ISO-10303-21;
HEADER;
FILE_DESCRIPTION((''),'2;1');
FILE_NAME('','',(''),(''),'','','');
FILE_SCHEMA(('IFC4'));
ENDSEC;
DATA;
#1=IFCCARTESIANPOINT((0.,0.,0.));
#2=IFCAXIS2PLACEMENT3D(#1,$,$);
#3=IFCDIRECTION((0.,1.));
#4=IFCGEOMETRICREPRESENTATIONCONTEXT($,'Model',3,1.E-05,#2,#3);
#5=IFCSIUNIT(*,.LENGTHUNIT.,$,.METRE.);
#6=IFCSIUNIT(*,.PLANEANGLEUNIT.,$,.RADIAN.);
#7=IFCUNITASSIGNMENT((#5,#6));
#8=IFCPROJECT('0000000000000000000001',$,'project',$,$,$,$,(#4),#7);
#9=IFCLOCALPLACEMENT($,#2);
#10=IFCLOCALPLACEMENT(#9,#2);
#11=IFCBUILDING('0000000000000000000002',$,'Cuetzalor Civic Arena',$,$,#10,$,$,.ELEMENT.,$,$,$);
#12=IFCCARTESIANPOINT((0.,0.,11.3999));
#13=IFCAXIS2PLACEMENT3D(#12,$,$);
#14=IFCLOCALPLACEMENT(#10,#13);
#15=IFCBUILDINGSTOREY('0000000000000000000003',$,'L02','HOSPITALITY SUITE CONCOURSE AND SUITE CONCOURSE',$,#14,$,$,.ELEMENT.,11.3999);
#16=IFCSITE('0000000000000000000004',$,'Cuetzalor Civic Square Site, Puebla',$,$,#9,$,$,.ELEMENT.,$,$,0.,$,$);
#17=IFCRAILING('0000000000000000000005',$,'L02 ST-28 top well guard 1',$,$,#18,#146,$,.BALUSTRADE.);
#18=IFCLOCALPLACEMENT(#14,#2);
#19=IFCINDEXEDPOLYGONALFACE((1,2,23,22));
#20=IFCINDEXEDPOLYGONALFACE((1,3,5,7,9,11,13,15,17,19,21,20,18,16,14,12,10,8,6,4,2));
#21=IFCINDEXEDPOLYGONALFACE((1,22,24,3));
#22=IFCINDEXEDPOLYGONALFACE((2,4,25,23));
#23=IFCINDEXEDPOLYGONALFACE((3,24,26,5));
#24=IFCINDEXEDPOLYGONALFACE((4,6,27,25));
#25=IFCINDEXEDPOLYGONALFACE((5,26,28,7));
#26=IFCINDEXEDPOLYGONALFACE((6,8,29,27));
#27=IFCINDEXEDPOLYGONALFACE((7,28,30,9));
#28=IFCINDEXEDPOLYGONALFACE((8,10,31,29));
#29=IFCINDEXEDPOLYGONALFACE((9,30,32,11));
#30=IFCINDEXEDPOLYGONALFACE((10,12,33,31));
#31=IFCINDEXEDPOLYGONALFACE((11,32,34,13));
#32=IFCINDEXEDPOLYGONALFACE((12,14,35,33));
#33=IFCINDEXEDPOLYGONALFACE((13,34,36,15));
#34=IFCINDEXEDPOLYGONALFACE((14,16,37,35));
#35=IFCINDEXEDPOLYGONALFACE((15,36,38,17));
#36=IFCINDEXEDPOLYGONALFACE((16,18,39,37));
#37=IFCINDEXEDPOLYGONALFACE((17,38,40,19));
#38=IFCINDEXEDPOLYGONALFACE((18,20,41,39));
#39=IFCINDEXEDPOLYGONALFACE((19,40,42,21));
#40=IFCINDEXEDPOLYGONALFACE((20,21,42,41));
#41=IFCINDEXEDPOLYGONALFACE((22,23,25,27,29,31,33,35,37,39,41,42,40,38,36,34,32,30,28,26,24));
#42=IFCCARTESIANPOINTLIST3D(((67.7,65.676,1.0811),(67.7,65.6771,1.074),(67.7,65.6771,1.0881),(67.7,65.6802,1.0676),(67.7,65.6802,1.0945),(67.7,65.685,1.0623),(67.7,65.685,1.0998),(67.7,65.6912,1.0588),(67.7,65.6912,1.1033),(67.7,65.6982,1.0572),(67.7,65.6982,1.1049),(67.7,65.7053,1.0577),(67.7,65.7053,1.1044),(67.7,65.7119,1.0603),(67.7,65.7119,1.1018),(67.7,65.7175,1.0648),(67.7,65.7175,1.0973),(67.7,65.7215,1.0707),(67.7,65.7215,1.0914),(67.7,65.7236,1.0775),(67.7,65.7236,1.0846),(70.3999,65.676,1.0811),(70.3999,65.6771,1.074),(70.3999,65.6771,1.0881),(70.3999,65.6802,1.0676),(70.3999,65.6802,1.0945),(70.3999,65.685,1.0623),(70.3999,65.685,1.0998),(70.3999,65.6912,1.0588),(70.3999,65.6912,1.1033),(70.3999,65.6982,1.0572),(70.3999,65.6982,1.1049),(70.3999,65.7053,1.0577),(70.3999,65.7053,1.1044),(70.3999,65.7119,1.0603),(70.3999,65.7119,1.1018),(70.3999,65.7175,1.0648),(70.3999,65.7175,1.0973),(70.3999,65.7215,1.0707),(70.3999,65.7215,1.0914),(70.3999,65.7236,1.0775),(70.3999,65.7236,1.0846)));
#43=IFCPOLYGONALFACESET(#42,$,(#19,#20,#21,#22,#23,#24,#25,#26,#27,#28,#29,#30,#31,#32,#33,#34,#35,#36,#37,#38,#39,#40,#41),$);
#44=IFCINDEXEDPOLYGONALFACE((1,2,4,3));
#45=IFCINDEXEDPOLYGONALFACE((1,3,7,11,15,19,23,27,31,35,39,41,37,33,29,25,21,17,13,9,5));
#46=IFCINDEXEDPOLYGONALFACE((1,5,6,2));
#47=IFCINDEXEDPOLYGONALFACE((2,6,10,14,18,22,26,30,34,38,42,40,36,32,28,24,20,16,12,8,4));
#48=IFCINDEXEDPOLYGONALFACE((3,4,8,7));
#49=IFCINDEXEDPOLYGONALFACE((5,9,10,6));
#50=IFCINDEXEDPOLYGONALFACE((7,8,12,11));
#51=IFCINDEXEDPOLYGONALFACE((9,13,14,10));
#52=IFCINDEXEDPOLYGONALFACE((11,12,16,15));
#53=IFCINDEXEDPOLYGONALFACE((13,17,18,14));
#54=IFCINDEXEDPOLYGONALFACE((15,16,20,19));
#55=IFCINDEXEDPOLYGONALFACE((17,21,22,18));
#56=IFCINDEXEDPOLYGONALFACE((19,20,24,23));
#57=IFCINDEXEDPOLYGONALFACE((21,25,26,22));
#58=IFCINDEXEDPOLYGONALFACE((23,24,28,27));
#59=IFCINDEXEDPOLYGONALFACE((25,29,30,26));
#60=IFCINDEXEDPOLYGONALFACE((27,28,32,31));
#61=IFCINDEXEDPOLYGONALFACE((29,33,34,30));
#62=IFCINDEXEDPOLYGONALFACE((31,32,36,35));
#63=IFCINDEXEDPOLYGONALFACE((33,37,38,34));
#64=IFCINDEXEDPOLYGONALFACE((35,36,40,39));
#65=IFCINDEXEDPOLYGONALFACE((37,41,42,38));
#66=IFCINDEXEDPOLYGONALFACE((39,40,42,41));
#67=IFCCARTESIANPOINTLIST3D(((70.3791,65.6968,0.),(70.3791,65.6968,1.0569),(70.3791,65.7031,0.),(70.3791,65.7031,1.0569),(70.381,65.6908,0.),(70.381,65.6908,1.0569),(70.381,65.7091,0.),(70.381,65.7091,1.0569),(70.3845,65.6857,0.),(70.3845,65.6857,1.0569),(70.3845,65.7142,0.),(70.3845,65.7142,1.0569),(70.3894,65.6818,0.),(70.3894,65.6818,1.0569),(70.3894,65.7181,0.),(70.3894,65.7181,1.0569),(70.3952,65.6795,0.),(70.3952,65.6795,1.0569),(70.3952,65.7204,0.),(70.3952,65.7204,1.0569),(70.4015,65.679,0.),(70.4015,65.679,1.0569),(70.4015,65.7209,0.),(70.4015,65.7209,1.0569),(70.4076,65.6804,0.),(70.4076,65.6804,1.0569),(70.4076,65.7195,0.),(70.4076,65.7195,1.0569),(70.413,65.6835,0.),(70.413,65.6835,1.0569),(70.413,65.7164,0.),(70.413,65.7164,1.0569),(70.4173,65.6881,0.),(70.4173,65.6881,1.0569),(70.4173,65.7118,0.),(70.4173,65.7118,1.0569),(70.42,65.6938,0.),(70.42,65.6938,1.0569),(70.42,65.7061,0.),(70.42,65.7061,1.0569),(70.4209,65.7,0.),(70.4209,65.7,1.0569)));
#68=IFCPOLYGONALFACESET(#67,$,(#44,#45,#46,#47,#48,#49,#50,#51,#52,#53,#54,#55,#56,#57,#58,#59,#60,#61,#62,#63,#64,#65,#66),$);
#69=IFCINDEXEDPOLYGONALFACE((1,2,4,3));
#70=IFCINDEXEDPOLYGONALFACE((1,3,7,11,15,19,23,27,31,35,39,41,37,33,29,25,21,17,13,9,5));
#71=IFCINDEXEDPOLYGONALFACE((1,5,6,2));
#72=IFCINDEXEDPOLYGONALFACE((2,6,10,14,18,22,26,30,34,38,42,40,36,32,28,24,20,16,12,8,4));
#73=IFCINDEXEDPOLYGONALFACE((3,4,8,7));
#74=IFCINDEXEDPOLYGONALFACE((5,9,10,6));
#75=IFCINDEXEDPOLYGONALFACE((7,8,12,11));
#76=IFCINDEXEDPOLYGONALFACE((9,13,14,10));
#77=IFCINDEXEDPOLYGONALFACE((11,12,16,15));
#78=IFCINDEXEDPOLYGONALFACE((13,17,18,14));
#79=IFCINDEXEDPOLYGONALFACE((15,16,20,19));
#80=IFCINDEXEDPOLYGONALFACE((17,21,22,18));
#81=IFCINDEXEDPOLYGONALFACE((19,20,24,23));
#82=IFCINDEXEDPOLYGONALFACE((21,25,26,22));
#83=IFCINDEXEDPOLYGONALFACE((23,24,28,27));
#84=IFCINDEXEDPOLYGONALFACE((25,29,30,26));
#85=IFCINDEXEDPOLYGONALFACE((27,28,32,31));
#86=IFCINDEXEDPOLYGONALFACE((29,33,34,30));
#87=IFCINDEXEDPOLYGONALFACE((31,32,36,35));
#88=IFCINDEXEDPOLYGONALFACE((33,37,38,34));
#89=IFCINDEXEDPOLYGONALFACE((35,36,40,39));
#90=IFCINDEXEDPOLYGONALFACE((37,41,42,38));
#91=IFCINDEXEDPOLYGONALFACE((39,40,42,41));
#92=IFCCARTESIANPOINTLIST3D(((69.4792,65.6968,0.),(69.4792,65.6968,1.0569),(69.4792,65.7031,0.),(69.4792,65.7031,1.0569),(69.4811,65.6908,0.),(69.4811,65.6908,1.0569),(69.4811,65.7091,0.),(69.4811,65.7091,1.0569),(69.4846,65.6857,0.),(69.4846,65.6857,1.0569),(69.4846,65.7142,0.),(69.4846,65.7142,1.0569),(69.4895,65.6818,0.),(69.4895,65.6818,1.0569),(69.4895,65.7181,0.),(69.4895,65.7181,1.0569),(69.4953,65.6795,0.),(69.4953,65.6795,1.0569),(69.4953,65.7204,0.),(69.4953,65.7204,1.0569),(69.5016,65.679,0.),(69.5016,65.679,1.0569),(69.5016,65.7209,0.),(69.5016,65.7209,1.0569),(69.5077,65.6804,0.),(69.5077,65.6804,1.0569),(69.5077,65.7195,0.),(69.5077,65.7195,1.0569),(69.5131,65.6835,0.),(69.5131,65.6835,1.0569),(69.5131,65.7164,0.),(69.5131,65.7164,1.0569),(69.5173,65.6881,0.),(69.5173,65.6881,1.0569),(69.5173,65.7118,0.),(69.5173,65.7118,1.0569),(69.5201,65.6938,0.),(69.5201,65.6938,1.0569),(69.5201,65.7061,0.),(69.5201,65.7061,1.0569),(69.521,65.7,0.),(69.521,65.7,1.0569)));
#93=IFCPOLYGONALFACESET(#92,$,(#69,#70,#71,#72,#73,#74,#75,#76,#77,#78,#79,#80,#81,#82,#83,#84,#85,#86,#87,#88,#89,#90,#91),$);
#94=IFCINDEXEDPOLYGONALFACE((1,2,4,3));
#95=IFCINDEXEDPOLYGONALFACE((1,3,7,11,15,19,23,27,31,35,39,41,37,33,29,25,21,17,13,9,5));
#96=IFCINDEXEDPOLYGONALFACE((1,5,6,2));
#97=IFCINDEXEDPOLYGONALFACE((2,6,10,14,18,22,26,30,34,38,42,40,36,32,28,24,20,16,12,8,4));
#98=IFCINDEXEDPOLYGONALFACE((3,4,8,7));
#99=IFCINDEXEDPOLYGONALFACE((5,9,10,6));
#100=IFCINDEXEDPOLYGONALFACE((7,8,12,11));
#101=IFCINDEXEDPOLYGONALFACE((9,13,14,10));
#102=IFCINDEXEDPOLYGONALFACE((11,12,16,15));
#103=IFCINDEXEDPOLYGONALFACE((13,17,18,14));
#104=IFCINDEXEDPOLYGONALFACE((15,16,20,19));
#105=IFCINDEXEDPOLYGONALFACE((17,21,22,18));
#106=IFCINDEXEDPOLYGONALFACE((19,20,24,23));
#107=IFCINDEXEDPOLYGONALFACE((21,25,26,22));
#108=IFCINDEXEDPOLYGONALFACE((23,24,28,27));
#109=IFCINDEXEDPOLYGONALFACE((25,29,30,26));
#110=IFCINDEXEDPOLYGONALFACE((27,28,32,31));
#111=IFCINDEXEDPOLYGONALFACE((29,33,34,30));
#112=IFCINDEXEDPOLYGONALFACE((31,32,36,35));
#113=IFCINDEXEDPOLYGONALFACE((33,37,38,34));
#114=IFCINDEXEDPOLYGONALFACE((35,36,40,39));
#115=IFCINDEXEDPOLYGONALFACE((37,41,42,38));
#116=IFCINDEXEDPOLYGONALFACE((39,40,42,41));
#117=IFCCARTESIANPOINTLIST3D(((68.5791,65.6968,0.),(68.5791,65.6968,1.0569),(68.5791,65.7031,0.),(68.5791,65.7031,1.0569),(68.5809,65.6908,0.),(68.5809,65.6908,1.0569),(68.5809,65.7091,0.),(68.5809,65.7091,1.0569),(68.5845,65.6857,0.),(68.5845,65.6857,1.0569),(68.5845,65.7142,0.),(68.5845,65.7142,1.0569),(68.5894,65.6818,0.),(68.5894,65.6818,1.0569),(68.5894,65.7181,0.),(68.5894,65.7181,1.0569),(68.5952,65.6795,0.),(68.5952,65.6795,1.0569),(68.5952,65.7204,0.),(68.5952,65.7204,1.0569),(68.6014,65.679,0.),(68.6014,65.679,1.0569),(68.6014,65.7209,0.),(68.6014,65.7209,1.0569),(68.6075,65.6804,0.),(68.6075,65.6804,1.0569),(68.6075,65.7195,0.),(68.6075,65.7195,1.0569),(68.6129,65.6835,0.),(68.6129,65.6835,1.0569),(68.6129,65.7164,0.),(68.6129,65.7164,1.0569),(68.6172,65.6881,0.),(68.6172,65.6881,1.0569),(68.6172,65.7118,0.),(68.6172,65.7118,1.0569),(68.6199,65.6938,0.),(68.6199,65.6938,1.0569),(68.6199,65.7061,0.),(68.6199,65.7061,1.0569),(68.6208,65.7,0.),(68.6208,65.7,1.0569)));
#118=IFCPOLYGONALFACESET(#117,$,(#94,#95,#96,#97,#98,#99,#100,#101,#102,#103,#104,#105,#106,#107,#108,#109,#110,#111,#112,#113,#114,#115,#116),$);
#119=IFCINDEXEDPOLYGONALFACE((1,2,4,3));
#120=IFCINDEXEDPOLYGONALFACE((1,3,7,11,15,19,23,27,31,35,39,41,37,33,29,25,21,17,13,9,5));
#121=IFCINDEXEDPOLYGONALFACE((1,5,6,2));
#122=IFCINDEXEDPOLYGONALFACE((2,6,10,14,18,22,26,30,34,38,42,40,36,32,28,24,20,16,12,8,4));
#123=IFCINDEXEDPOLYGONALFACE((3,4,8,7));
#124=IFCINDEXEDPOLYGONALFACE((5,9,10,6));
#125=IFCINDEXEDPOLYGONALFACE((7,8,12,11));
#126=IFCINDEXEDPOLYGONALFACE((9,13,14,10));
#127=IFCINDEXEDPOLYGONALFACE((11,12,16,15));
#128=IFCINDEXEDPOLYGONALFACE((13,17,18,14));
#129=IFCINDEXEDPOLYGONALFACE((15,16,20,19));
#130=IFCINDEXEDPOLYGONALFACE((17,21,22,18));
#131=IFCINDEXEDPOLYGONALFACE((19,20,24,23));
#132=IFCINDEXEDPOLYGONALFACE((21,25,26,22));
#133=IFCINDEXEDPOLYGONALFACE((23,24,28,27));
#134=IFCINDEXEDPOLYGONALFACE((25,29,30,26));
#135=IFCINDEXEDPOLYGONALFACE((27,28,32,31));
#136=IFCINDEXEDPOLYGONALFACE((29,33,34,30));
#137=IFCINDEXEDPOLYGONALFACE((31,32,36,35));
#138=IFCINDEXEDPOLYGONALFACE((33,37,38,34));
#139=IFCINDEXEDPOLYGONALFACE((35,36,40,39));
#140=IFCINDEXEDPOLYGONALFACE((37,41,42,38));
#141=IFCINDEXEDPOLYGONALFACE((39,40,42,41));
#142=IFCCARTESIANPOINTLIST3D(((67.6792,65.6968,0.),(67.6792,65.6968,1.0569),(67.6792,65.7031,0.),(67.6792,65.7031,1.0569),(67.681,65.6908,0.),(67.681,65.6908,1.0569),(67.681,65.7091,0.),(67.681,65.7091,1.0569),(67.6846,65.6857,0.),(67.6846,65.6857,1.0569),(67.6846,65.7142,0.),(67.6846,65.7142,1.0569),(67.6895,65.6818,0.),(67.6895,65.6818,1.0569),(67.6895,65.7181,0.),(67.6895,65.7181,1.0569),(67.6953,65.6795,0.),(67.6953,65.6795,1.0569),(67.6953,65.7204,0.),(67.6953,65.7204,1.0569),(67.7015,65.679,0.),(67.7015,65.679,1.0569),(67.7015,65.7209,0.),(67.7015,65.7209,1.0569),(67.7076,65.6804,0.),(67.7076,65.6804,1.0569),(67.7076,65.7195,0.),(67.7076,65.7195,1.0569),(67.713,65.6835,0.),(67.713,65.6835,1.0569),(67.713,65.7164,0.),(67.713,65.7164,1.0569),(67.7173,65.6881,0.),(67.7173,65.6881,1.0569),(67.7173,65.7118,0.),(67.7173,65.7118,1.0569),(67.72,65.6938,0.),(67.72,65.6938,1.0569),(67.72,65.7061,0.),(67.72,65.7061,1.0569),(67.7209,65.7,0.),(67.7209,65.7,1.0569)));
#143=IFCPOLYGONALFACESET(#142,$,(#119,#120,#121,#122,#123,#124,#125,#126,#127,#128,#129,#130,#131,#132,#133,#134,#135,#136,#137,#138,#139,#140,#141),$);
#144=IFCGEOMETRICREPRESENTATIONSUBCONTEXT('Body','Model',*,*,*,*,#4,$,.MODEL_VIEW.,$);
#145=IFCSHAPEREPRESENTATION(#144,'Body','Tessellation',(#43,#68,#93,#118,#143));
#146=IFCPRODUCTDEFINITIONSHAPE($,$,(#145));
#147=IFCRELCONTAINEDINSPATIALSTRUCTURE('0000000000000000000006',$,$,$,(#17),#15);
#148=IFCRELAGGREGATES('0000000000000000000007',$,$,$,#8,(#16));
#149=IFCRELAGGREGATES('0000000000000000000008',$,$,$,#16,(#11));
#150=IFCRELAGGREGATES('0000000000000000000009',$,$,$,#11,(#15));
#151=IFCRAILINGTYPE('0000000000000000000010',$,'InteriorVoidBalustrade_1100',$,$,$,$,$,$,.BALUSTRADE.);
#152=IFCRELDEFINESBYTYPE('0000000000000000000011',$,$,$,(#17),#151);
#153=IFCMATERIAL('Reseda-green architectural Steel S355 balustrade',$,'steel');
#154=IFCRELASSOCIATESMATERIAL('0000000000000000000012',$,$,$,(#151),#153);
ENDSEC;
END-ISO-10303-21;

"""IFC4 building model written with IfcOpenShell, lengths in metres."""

from ifc_helpers import new_model, si_unit, direction, frame, origin, origin_2d, place, context, subcontext, project, spatial, circle, extrude, material, type_object, element, save


model = new_model("IFC4")

# Units and contexts
model_context = context("Model", 3, precision=1e-05, world=origin(), true_north=direction((0.0, 1.0)))
body_context = subcontext(model_context, "Body", "Model", "MODEL_VIEW")
ifc_project = project(units=[si_unit("LENGTHUNIT", "METRE"), si_unit("PLANEANGLEUNIT", "RADIAN")], contexts=[model_context])

# Site, building, storey
site_placement = place(None, origin())
site = spatial("IfcSite", under=ifc_project, at=site_placement, Name="Cuetzalor Civic Square Site, Puebla", CompositionType="ELEMENT", RefElevation=0.0)
building_placement = place(site_placement, origin())
building = spatial("IfcBuilding", under=site, at=building_placement, Name="Cuetzalor Civic Arena", CompositionType="ELEMENT")
storey_placement = place(building_placement, frame((0.0, 0.0, 11.3999)))
storey = spatial("IfcBuildingStorey", under=building, at=storey_placement, Name="L02", Description="HOSPITALITY SUITE CONCOURSE AND SUITE CONCOURSE", CompositionType="ELEMENT", Elevation=11.3999)

# Railing
ifc_material_1 = material(Name="Reseda-green architectural Steel S355 balustrade", Category="steel")
railing_type_1 = type_object("IfcRailingType", Name="InteriorVoidBalustrade_1100", PredefinedType="BALUSTRADE", material=ifc_material_1)
railing_1_placement = place(storey_placement, frame((70.3999, 65.7, 0.0)))
element("IfcRailing", 1, at=railing_1_placement, inside=storey, type_object=railing_type_1, Name="L02 ST-28 top well guard 1", PredefinedType="BALUSTRADE", context=body_context, shape_type="SweptSolid", body=[
    extrude(circle(Radius=0.0239, at=origin_2d()), frame((0.0, 0.0, 1.0811), z_axis=(-1.0, 0.0, 0.0), x_axis=(0.0, -1.0, 0.0)), (0.0, 0.0, 1.0), 2.7),
    extrude(circle(Radius=0.021, at=origin_2d()), origin(), (0.0, 0.0, 1.0), 1.0569),
    extrude(circle(Radius=0.021, at=origin_2d()), frame((-0.8999, 0.0, 0.0)), (0.0, 0.0, 1.0), 1.0569),
    extrude(circle(Radius=0.021, at=origin_2d()), frame((-1.8, 0.0, 0.0)), (0.0, 0.0, 1.0), 1.0569),
    extrude(circle(Radius=0.021, at=origin_2d()), frame((-2.7, 0.0, 0.0)), (0.0, 0.0, 1.0), 1.0569),
])

save(model, "model.ifc")
